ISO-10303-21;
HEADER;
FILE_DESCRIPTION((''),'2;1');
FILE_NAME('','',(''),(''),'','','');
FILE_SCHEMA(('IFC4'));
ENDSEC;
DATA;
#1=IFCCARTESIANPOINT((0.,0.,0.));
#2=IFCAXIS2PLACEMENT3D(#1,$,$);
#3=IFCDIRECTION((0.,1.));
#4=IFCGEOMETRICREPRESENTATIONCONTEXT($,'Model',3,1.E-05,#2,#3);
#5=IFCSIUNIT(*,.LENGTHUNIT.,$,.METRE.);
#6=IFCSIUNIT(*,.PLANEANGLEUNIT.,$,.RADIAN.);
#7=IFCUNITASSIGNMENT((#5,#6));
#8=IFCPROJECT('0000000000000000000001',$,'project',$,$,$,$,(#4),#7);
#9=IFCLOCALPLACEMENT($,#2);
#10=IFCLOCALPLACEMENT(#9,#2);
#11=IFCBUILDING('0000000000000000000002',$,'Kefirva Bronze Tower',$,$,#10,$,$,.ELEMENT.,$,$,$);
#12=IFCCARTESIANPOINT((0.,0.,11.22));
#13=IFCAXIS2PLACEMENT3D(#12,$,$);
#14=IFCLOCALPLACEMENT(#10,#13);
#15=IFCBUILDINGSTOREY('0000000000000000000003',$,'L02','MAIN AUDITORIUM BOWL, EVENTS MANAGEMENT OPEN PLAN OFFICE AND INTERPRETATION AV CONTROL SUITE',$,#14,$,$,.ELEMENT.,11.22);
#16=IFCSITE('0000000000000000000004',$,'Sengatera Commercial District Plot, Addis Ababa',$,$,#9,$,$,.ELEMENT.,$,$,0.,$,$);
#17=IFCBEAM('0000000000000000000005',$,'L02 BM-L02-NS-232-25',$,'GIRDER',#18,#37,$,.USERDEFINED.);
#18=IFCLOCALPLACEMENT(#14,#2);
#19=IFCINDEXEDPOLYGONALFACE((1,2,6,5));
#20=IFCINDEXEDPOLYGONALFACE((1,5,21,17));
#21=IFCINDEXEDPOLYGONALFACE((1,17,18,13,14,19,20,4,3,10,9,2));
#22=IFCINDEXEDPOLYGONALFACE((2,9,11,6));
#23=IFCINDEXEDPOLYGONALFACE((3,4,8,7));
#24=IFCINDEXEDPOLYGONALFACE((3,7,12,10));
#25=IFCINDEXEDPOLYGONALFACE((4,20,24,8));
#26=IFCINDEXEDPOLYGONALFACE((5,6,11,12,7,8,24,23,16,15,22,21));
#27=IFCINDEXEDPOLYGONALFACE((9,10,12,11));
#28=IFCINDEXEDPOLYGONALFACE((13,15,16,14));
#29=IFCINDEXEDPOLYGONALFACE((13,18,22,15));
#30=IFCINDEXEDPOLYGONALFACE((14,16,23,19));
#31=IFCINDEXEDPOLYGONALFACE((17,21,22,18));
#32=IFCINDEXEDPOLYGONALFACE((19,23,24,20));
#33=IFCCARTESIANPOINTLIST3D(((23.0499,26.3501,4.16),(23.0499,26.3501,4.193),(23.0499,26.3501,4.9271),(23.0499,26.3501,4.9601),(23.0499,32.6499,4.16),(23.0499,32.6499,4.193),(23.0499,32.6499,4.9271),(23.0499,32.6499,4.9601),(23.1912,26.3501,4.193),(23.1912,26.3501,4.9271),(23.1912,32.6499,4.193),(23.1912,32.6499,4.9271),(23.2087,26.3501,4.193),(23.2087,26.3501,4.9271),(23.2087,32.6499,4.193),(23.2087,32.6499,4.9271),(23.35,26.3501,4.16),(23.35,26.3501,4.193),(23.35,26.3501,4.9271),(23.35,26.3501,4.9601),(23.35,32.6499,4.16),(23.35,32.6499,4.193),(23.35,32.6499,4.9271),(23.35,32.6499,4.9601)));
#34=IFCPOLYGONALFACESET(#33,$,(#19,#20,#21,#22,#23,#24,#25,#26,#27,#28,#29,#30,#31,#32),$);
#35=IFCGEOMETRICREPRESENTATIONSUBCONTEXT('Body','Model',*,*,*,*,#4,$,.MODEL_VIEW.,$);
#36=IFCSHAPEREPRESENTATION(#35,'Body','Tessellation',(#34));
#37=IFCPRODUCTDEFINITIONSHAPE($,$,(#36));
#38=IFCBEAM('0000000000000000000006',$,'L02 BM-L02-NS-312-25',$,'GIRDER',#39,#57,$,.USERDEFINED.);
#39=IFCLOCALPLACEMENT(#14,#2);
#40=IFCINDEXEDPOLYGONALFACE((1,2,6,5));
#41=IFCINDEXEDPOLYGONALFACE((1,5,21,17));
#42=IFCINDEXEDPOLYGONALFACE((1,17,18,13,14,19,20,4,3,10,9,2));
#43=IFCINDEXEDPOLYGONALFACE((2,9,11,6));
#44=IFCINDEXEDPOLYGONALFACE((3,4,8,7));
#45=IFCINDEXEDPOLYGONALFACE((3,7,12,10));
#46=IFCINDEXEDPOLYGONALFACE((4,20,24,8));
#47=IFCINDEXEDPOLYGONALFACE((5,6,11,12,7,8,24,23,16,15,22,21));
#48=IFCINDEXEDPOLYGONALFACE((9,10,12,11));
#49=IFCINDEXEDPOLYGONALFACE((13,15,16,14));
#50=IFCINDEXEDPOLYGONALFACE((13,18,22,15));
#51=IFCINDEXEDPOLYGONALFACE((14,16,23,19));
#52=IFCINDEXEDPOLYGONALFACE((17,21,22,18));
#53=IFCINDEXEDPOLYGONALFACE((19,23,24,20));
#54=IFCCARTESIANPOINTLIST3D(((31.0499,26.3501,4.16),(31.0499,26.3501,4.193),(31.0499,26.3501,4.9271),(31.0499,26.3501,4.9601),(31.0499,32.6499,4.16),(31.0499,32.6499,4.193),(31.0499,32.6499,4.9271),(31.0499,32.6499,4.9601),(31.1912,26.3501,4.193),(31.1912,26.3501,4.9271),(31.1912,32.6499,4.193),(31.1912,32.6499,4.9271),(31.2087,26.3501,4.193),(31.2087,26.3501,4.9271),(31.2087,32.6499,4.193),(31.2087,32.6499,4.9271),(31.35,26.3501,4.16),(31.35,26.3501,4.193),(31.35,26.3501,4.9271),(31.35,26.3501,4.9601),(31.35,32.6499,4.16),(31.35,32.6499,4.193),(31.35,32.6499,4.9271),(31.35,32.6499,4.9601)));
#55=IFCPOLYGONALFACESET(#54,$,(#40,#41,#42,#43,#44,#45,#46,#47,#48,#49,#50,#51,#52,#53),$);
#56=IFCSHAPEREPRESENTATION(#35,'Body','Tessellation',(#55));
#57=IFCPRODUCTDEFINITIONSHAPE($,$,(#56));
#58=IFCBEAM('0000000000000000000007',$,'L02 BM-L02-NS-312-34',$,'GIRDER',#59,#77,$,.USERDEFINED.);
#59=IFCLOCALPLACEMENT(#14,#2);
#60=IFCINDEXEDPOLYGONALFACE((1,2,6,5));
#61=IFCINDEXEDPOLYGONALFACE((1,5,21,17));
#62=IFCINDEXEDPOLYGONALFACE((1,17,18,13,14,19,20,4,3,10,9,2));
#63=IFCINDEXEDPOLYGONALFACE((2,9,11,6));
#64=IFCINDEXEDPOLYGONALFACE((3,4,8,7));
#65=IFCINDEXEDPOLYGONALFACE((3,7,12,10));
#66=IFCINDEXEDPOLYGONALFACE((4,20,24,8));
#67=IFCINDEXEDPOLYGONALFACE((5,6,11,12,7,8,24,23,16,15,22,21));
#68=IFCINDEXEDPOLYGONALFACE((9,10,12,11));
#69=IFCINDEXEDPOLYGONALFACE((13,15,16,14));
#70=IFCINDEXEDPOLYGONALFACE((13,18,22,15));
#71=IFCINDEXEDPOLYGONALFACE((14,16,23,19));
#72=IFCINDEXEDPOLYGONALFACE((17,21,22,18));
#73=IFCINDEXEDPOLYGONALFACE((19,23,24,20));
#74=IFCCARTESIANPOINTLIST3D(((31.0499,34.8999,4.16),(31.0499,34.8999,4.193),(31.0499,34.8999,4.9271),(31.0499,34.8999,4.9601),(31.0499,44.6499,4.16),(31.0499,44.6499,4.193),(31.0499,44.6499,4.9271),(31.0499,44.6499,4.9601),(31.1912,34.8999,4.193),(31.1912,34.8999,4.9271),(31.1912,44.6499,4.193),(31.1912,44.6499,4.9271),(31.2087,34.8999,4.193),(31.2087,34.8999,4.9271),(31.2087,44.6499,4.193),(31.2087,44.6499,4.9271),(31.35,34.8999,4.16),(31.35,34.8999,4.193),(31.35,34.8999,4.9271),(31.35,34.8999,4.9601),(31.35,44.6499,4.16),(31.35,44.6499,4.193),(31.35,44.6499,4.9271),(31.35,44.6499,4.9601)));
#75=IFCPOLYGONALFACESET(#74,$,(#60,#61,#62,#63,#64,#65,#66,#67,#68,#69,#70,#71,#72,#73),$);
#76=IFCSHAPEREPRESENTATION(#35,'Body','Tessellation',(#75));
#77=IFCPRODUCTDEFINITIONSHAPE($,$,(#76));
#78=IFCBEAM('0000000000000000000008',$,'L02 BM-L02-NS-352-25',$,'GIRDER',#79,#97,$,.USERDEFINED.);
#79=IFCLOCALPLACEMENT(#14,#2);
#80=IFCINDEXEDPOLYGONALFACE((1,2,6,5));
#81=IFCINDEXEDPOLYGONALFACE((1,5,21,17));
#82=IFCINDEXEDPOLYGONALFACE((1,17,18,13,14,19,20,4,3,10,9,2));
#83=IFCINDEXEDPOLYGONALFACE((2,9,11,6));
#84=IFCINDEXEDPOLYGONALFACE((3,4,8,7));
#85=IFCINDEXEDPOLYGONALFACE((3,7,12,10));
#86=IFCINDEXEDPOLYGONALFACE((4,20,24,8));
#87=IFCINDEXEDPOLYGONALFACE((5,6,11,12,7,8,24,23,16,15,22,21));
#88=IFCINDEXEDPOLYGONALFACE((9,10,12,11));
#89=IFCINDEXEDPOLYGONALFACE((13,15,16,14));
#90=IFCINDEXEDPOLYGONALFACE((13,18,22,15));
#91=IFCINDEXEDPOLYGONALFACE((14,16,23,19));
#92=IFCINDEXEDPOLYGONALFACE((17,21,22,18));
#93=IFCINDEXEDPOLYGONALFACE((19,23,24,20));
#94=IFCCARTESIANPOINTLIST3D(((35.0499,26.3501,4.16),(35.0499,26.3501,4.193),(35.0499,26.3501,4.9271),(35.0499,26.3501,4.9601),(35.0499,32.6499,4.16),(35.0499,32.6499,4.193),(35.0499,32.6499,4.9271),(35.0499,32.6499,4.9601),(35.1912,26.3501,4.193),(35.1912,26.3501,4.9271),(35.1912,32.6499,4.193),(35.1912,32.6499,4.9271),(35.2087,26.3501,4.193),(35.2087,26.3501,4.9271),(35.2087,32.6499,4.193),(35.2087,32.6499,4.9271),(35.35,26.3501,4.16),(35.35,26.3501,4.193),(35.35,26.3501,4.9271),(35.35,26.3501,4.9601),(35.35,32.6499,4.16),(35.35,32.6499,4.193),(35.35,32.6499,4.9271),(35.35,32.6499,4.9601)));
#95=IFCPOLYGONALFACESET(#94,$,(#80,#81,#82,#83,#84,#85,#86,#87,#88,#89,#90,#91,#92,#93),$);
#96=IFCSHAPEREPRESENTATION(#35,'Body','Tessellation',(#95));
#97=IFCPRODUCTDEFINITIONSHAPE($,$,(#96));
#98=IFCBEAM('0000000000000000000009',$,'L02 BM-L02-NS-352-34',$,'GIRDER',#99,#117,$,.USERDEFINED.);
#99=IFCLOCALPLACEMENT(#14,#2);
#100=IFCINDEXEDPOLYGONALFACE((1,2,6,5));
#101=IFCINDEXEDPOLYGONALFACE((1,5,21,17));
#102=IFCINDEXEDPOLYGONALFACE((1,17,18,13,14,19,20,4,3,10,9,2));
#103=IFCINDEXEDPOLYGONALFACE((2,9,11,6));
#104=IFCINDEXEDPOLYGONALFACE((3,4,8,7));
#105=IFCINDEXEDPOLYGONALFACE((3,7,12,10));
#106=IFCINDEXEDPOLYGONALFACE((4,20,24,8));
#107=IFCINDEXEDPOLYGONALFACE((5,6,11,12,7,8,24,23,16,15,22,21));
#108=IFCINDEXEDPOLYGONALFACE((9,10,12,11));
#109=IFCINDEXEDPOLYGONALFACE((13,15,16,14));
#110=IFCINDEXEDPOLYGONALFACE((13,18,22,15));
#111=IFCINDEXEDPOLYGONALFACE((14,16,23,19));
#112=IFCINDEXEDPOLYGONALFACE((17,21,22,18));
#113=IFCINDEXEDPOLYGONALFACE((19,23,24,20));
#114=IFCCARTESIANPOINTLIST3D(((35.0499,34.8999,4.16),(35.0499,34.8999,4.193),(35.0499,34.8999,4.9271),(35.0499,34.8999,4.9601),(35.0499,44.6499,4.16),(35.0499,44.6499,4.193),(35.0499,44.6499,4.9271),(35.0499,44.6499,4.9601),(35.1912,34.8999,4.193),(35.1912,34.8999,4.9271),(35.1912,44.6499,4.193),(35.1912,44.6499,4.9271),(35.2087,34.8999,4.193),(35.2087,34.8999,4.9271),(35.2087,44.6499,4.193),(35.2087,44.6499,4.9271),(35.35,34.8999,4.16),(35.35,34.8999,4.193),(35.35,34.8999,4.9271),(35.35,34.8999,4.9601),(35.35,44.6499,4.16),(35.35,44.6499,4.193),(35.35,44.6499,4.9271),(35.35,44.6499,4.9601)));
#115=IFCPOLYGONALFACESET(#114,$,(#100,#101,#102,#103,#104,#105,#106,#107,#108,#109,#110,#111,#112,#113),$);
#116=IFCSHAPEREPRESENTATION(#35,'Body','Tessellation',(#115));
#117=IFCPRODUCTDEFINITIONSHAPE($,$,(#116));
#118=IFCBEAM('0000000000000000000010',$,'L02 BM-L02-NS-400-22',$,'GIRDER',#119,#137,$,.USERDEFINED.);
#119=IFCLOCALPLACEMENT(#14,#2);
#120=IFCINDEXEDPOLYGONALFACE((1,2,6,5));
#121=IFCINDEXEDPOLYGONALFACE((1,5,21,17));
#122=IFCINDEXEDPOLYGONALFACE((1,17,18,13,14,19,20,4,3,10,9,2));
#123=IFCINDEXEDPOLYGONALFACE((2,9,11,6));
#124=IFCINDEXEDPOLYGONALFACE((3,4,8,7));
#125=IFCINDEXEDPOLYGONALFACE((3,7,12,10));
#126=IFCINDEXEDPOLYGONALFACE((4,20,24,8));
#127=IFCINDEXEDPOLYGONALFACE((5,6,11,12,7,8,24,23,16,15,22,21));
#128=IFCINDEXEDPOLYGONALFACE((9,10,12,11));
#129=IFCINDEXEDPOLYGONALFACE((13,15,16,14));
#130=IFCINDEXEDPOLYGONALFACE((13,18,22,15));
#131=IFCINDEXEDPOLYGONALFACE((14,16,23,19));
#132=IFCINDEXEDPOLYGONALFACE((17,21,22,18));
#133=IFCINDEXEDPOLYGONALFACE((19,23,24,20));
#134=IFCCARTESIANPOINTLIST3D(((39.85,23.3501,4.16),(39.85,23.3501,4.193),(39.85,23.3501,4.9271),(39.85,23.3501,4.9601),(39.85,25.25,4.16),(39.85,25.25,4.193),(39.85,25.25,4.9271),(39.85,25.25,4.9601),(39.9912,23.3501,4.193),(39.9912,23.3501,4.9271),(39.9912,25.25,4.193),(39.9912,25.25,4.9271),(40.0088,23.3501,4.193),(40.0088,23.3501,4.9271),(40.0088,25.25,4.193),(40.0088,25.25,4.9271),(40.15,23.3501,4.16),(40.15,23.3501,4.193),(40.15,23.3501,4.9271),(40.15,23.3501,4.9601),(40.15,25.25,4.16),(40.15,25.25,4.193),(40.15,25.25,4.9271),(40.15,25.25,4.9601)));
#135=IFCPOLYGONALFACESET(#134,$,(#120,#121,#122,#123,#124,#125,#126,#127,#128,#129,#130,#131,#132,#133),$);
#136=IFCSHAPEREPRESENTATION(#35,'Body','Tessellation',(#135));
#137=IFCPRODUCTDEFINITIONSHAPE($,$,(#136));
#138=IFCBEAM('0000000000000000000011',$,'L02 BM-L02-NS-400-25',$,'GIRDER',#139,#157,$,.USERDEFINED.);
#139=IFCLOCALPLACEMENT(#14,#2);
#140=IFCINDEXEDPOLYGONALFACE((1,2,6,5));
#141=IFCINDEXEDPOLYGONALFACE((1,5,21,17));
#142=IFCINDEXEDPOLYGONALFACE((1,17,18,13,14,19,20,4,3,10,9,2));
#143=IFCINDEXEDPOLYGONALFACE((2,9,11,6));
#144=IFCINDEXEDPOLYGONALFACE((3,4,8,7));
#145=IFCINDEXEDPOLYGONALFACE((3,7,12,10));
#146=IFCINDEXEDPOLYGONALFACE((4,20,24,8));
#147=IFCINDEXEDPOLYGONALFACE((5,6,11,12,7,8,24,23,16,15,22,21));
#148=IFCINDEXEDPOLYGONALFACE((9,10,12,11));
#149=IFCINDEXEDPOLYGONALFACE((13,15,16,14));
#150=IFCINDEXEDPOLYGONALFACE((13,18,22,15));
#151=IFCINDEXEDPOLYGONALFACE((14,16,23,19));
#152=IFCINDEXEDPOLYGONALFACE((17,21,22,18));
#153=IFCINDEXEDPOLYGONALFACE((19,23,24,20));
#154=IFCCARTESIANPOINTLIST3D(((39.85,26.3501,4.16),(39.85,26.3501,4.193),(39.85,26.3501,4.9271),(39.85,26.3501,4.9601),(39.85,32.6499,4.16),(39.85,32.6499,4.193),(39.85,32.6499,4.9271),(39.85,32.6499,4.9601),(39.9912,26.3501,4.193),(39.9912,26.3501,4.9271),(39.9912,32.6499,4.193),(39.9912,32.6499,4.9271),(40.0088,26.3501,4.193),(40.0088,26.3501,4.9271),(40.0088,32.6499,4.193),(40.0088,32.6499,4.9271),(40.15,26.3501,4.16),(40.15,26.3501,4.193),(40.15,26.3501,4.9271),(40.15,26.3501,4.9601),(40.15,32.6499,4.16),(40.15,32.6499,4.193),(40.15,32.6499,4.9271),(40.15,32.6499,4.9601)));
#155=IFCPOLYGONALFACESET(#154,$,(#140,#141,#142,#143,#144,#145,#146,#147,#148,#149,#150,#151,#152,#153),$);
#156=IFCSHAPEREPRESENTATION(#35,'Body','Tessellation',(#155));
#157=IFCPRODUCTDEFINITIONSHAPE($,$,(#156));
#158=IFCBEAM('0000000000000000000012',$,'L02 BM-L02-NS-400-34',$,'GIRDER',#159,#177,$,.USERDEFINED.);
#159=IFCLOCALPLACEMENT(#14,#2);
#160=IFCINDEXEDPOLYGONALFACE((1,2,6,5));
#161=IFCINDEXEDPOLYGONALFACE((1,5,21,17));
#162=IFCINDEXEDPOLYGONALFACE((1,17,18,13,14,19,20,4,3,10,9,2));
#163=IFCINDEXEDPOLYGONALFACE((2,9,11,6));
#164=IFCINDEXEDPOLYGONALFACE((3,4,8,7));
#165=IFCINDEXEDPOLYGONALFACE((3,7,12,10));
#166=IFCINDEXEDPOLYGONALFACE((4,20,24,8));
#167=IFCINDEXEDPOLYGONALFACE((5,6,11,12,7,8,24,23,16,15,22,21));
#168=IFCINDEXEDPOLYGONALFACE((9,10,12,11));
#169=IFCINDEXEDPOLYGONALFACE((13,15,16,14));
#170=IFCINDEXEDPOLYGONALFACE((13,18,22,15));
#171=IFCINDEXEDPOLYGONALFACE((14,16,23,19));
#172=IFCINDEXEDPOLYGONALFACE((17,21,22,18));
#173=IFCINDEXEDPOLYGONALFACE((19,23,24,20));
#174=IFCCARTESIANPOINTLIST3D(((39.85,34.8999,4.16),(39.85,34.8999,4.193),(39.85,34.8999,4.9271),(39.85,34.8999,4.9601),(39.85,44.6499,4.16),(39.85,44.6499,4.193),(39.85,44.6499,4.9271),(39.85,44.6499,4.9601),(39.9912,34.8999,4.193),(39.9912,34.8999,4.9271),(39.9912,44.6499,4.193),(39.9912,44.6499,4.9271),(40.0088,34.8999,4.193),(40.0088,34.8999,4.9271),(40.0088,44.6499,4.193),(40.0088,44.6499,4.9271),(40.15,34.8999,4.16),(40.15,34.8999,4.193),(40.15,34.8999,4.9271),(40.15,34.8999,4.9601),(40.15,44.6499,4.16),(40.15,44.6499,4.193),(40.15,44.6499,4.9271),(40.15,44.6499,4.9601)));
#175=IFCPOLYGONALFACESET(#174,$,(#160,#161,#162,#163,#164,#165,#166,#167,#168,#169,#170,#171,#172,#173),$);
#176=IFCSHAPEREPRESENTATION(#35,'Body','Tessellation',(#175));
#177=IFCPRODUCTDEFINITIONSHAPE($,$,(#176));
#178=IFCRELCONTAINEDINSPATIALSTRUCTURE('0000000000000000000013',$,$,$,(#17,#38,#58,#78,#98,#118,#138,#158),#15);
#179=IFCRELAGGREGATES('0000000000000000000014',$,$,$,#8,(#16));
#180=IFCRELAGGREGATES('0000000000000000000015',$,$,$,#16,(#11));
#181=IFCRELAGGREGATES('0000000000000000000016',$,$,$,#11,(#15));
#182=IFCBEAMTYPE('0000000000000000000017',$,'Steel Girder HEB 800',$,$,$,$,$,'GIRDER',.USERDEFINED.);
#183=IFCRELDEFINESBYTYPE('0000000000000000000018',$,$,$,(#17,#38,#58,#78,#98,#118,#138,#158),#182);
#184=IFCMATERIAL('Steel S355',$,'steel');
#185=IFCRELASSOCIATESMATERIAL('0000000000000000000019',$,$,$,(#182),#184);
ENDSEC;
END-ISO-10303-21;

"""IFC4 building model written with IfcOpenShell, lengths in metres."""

from ifc_helpers import new_model, si_unit, direction, frame, origin, origin_2d, place, context, subcontext, project, spatial, i_section, extrude, material, material_profile, profile_set, type_object, element, save


model = new_model("IFC4")

# Units and contexts
model_context = context("Model", 3, precision=1e-05, world=origin(), true_north=direction((0.0, 1.0)))
body_context = subcontext(model_context, "Body", "Model", "MODEL_VIEW")
ifc_project = project(units=[si_unit("LENGTHUNIT", "METRE"), si_unit("PLANEANGLEUNIT", "RADIAN")], contexts=[model_context])

# Site, building, storey
site_placement = place(None, origin())
site = spatial("IfcSite", under=ifc_project, at=site_placement, Name="Sengatera Commercial District Plot, Addis Ababa", CompositionType="ELEMENT", RefElevation=0.0)
building_placement = place(site_placement, origin())
building = spatial("IfcBuilding", under=site, at=building_placement, Name="Kefirva Bronze Tower", CompositionType="ELEMENT")
storey_placement = place(building_placement, frame((0.0, 0.0, 11.22)))
storey = spatial("IfcBuildingStorey", under=building, at=storey_placement, Name="L02", Description="MAIN AUDITORIUM BOWL, EVENTS MANAGEMENT OPEN PLAN OFFICE AND INTERPRETATION AV CONTROL SUITE", CompositionType="ELEMENT", Elevation=11.22)

# Beams
ifc_material_1 = material(Name="Steel S355", Category="steel")
ifc_material_profile_1 = material_profile(ifc_material_1, i_section(OverallWidth=0.3, OverallDepth=0.8, WebThickness=0.0176, FlangeThickness=0.033, at=origin_2d()), Name="HEB 800")
ifc_profile_set_1 = profile_set([ifc_material_profile_1], Name="Steel S355")
beam_type_1 = type_object("IfcBeamType", Name="Steel Girder HEB 800", ElementType="GIRDER", PredefinedType="USERDEFINED", material=ifc_profile_set_1)
for number, where, z_axis, x_axis, name in (
    (1, (23.2, 26.3501, 4.5601), (0.0, 1.0, 0.0), (-1.0, 0.0, 0.0), "L02 BM-L02-NS-232-25"),
    (2, (31.2, 26.3501, 4.5601), (0.0, 1.0, 0.0), (-1.0, 0.0, 0.0), "L02 BM-L02-NS-312-25"),
):
    element("IfcBeam", number, at=place(storey_placement, frame(where, z_axis=z_axis, x_axis=x_axis)), inside=storey, type_object=beam_type_1, Name=name, ObjectType="GIRDER", PredefinedType="USERDEFINED", context=body_context, shape_type="SweptSolid", body=[
        extrude(i_section(OverallWidth=0.3, OverallDepth=0.8, WebThickness=0.0176, FlangeThickness=0.033, at=origin_2d()), origin(), (0.0, 0.0, 1.0), 6.2998),
    ])
beam_1_placement = place(storey_placement, frame((31.2, 34.8999, 4.5601), z_axis=(0.0, 1.0, 0.0), x_axis=(-1.0, 0.0, 0.0)))
element("IfcBeam", 3, at=beam_1_placement, inside=storey, type_object=beam_type_1, Name="L02 BM-L02-NS-312-34", ObjectType="GIRDER", PredefinedType="USERDEFINED", context=body_context, shape_type="SweptSolid", body=[
    extrude(i_section(OverallWidth=0.3, OverallDepth=0.8, WebThickness=0.0176, FlangeThickness=0.033, at=origin_2d()), origin(), (0.0, 0.0, 1.0), 9.75),
])
beam_2_placement = place(storey_placement, frame((35.2, 26.3501, 4.5601), z_axis=(0.0, 1.0, 0.0), x_axis=(-1.0, 0.0, 0.0)))
element("IfcBeam", 4, at=beam_2_placement, inside=storey, type_object=beam_type_1, Name="L02 BM-L02-NS-352-25", ObjectType="GIRDER", PredefinedType="USERDEFINED", context=body_context, shape_type="SweptSolid", body=[
    extrude(i_section(OverallWidth=0.3, OverallDepth=0.8, WebThickness=0.0176, FlangeThickness=0.033, at=origin_2d()), origin(), (0.0, 0.0, 1.0), 6.2998),
])
beam_3_placement = place(storey_placement, frame((35.2, 34.8999, 4.5601), z_axis=(0.0, 1.0, 0.0), x_axis=(-1.0, 0.0, 0.0)))
element("IfcBeam", 5, at=beam_3_placement, inside=storey, type_object=beam_type_1, Name="L02 BM-L02-NS-352-34", ObjectType="GIRDER", PredefinedType="USERDEFINED", context=body_context, shape_type="SweptSolid", body=[
    extrude(i_section(OverallWidth=0.3, OverallDepth=0.8, WebThickness=0.0176, FlangeThickness=0.033, at=origin_2d()), origin(), (0.0, 0.0, 1.0), 9.75),
])
beam_4_placement = place(storey_placement, frame((40.0, 23.3501, 4.5601), z_axis=(0.0, 1.0, 0.0), x_axis=(-1.0, 0.0, 0.0)))
element("IfcBeam", 6, at=beam_4_placement, inside=storey, type_object=beam_type_1, Name="L02 BM-L02-NS-400-22", ObjectType="GIRDER", PredefinedType="USERDEFINED", context=body_context, shape_type="SweptSolid", body=[
    extrude(i_section(OverallWidth=0.3, OverallDepth=0.8, WebThickness=0.0176, FlangeThickness=0.033, at=origin_2d()), origin(), (0.0, 0.0, 1.0), 1.8999),
])
beam_5_placement = place(storey_placement, frame((40.0, 26.3501, 4.5601), z_axis=(0.0, 1.0, 0.0), x_axis=(-1.0, 0.0, 0.0)))
element("IfcBeam", 7, at=beam_5_placement, inside=storey, type_object=beam_type_1, Name="L02 BM-L02-NS-400-25", ObjectType="GIRDER", PredefinedType="USERDEFINED", context=body_context, shape_type="SweptSolid", body=[
    extrude(i_section(OverallWidth=0.3, OverallDepth=0.8, WebThickness=0.0176, FlangeThickness=0.033, at=origin_2d()), origin(), (0.0, 0.0, 1.0), 6.2998),
])
beam_6_placement = place(storey_placement, frame((40.0, 34.8999, 4.5601), z_axis=(0.0, 1.0, 0.0), x_axis=(-1.0, 0.0, 0.0)))
element("IfcBeam", 8, at=beam_6_placement, inside=storey, type_object=beam_type_1, Name="L02 BM-L02-NS-400-34", ObjectType="GIRDER", PredefinedType="USERDEFINED", context=body_context, shape_type="SweptSolid", body=[
    extrude(i_section(OverallWidth=0.3, OverallDepth=0.8, WebThickness=0.0176, FlangeThickness=0.033, at=origin_2d()), origin(), (0.0, 0.0, 1.0), 9.75),
])

save(model, "model.ifc")
